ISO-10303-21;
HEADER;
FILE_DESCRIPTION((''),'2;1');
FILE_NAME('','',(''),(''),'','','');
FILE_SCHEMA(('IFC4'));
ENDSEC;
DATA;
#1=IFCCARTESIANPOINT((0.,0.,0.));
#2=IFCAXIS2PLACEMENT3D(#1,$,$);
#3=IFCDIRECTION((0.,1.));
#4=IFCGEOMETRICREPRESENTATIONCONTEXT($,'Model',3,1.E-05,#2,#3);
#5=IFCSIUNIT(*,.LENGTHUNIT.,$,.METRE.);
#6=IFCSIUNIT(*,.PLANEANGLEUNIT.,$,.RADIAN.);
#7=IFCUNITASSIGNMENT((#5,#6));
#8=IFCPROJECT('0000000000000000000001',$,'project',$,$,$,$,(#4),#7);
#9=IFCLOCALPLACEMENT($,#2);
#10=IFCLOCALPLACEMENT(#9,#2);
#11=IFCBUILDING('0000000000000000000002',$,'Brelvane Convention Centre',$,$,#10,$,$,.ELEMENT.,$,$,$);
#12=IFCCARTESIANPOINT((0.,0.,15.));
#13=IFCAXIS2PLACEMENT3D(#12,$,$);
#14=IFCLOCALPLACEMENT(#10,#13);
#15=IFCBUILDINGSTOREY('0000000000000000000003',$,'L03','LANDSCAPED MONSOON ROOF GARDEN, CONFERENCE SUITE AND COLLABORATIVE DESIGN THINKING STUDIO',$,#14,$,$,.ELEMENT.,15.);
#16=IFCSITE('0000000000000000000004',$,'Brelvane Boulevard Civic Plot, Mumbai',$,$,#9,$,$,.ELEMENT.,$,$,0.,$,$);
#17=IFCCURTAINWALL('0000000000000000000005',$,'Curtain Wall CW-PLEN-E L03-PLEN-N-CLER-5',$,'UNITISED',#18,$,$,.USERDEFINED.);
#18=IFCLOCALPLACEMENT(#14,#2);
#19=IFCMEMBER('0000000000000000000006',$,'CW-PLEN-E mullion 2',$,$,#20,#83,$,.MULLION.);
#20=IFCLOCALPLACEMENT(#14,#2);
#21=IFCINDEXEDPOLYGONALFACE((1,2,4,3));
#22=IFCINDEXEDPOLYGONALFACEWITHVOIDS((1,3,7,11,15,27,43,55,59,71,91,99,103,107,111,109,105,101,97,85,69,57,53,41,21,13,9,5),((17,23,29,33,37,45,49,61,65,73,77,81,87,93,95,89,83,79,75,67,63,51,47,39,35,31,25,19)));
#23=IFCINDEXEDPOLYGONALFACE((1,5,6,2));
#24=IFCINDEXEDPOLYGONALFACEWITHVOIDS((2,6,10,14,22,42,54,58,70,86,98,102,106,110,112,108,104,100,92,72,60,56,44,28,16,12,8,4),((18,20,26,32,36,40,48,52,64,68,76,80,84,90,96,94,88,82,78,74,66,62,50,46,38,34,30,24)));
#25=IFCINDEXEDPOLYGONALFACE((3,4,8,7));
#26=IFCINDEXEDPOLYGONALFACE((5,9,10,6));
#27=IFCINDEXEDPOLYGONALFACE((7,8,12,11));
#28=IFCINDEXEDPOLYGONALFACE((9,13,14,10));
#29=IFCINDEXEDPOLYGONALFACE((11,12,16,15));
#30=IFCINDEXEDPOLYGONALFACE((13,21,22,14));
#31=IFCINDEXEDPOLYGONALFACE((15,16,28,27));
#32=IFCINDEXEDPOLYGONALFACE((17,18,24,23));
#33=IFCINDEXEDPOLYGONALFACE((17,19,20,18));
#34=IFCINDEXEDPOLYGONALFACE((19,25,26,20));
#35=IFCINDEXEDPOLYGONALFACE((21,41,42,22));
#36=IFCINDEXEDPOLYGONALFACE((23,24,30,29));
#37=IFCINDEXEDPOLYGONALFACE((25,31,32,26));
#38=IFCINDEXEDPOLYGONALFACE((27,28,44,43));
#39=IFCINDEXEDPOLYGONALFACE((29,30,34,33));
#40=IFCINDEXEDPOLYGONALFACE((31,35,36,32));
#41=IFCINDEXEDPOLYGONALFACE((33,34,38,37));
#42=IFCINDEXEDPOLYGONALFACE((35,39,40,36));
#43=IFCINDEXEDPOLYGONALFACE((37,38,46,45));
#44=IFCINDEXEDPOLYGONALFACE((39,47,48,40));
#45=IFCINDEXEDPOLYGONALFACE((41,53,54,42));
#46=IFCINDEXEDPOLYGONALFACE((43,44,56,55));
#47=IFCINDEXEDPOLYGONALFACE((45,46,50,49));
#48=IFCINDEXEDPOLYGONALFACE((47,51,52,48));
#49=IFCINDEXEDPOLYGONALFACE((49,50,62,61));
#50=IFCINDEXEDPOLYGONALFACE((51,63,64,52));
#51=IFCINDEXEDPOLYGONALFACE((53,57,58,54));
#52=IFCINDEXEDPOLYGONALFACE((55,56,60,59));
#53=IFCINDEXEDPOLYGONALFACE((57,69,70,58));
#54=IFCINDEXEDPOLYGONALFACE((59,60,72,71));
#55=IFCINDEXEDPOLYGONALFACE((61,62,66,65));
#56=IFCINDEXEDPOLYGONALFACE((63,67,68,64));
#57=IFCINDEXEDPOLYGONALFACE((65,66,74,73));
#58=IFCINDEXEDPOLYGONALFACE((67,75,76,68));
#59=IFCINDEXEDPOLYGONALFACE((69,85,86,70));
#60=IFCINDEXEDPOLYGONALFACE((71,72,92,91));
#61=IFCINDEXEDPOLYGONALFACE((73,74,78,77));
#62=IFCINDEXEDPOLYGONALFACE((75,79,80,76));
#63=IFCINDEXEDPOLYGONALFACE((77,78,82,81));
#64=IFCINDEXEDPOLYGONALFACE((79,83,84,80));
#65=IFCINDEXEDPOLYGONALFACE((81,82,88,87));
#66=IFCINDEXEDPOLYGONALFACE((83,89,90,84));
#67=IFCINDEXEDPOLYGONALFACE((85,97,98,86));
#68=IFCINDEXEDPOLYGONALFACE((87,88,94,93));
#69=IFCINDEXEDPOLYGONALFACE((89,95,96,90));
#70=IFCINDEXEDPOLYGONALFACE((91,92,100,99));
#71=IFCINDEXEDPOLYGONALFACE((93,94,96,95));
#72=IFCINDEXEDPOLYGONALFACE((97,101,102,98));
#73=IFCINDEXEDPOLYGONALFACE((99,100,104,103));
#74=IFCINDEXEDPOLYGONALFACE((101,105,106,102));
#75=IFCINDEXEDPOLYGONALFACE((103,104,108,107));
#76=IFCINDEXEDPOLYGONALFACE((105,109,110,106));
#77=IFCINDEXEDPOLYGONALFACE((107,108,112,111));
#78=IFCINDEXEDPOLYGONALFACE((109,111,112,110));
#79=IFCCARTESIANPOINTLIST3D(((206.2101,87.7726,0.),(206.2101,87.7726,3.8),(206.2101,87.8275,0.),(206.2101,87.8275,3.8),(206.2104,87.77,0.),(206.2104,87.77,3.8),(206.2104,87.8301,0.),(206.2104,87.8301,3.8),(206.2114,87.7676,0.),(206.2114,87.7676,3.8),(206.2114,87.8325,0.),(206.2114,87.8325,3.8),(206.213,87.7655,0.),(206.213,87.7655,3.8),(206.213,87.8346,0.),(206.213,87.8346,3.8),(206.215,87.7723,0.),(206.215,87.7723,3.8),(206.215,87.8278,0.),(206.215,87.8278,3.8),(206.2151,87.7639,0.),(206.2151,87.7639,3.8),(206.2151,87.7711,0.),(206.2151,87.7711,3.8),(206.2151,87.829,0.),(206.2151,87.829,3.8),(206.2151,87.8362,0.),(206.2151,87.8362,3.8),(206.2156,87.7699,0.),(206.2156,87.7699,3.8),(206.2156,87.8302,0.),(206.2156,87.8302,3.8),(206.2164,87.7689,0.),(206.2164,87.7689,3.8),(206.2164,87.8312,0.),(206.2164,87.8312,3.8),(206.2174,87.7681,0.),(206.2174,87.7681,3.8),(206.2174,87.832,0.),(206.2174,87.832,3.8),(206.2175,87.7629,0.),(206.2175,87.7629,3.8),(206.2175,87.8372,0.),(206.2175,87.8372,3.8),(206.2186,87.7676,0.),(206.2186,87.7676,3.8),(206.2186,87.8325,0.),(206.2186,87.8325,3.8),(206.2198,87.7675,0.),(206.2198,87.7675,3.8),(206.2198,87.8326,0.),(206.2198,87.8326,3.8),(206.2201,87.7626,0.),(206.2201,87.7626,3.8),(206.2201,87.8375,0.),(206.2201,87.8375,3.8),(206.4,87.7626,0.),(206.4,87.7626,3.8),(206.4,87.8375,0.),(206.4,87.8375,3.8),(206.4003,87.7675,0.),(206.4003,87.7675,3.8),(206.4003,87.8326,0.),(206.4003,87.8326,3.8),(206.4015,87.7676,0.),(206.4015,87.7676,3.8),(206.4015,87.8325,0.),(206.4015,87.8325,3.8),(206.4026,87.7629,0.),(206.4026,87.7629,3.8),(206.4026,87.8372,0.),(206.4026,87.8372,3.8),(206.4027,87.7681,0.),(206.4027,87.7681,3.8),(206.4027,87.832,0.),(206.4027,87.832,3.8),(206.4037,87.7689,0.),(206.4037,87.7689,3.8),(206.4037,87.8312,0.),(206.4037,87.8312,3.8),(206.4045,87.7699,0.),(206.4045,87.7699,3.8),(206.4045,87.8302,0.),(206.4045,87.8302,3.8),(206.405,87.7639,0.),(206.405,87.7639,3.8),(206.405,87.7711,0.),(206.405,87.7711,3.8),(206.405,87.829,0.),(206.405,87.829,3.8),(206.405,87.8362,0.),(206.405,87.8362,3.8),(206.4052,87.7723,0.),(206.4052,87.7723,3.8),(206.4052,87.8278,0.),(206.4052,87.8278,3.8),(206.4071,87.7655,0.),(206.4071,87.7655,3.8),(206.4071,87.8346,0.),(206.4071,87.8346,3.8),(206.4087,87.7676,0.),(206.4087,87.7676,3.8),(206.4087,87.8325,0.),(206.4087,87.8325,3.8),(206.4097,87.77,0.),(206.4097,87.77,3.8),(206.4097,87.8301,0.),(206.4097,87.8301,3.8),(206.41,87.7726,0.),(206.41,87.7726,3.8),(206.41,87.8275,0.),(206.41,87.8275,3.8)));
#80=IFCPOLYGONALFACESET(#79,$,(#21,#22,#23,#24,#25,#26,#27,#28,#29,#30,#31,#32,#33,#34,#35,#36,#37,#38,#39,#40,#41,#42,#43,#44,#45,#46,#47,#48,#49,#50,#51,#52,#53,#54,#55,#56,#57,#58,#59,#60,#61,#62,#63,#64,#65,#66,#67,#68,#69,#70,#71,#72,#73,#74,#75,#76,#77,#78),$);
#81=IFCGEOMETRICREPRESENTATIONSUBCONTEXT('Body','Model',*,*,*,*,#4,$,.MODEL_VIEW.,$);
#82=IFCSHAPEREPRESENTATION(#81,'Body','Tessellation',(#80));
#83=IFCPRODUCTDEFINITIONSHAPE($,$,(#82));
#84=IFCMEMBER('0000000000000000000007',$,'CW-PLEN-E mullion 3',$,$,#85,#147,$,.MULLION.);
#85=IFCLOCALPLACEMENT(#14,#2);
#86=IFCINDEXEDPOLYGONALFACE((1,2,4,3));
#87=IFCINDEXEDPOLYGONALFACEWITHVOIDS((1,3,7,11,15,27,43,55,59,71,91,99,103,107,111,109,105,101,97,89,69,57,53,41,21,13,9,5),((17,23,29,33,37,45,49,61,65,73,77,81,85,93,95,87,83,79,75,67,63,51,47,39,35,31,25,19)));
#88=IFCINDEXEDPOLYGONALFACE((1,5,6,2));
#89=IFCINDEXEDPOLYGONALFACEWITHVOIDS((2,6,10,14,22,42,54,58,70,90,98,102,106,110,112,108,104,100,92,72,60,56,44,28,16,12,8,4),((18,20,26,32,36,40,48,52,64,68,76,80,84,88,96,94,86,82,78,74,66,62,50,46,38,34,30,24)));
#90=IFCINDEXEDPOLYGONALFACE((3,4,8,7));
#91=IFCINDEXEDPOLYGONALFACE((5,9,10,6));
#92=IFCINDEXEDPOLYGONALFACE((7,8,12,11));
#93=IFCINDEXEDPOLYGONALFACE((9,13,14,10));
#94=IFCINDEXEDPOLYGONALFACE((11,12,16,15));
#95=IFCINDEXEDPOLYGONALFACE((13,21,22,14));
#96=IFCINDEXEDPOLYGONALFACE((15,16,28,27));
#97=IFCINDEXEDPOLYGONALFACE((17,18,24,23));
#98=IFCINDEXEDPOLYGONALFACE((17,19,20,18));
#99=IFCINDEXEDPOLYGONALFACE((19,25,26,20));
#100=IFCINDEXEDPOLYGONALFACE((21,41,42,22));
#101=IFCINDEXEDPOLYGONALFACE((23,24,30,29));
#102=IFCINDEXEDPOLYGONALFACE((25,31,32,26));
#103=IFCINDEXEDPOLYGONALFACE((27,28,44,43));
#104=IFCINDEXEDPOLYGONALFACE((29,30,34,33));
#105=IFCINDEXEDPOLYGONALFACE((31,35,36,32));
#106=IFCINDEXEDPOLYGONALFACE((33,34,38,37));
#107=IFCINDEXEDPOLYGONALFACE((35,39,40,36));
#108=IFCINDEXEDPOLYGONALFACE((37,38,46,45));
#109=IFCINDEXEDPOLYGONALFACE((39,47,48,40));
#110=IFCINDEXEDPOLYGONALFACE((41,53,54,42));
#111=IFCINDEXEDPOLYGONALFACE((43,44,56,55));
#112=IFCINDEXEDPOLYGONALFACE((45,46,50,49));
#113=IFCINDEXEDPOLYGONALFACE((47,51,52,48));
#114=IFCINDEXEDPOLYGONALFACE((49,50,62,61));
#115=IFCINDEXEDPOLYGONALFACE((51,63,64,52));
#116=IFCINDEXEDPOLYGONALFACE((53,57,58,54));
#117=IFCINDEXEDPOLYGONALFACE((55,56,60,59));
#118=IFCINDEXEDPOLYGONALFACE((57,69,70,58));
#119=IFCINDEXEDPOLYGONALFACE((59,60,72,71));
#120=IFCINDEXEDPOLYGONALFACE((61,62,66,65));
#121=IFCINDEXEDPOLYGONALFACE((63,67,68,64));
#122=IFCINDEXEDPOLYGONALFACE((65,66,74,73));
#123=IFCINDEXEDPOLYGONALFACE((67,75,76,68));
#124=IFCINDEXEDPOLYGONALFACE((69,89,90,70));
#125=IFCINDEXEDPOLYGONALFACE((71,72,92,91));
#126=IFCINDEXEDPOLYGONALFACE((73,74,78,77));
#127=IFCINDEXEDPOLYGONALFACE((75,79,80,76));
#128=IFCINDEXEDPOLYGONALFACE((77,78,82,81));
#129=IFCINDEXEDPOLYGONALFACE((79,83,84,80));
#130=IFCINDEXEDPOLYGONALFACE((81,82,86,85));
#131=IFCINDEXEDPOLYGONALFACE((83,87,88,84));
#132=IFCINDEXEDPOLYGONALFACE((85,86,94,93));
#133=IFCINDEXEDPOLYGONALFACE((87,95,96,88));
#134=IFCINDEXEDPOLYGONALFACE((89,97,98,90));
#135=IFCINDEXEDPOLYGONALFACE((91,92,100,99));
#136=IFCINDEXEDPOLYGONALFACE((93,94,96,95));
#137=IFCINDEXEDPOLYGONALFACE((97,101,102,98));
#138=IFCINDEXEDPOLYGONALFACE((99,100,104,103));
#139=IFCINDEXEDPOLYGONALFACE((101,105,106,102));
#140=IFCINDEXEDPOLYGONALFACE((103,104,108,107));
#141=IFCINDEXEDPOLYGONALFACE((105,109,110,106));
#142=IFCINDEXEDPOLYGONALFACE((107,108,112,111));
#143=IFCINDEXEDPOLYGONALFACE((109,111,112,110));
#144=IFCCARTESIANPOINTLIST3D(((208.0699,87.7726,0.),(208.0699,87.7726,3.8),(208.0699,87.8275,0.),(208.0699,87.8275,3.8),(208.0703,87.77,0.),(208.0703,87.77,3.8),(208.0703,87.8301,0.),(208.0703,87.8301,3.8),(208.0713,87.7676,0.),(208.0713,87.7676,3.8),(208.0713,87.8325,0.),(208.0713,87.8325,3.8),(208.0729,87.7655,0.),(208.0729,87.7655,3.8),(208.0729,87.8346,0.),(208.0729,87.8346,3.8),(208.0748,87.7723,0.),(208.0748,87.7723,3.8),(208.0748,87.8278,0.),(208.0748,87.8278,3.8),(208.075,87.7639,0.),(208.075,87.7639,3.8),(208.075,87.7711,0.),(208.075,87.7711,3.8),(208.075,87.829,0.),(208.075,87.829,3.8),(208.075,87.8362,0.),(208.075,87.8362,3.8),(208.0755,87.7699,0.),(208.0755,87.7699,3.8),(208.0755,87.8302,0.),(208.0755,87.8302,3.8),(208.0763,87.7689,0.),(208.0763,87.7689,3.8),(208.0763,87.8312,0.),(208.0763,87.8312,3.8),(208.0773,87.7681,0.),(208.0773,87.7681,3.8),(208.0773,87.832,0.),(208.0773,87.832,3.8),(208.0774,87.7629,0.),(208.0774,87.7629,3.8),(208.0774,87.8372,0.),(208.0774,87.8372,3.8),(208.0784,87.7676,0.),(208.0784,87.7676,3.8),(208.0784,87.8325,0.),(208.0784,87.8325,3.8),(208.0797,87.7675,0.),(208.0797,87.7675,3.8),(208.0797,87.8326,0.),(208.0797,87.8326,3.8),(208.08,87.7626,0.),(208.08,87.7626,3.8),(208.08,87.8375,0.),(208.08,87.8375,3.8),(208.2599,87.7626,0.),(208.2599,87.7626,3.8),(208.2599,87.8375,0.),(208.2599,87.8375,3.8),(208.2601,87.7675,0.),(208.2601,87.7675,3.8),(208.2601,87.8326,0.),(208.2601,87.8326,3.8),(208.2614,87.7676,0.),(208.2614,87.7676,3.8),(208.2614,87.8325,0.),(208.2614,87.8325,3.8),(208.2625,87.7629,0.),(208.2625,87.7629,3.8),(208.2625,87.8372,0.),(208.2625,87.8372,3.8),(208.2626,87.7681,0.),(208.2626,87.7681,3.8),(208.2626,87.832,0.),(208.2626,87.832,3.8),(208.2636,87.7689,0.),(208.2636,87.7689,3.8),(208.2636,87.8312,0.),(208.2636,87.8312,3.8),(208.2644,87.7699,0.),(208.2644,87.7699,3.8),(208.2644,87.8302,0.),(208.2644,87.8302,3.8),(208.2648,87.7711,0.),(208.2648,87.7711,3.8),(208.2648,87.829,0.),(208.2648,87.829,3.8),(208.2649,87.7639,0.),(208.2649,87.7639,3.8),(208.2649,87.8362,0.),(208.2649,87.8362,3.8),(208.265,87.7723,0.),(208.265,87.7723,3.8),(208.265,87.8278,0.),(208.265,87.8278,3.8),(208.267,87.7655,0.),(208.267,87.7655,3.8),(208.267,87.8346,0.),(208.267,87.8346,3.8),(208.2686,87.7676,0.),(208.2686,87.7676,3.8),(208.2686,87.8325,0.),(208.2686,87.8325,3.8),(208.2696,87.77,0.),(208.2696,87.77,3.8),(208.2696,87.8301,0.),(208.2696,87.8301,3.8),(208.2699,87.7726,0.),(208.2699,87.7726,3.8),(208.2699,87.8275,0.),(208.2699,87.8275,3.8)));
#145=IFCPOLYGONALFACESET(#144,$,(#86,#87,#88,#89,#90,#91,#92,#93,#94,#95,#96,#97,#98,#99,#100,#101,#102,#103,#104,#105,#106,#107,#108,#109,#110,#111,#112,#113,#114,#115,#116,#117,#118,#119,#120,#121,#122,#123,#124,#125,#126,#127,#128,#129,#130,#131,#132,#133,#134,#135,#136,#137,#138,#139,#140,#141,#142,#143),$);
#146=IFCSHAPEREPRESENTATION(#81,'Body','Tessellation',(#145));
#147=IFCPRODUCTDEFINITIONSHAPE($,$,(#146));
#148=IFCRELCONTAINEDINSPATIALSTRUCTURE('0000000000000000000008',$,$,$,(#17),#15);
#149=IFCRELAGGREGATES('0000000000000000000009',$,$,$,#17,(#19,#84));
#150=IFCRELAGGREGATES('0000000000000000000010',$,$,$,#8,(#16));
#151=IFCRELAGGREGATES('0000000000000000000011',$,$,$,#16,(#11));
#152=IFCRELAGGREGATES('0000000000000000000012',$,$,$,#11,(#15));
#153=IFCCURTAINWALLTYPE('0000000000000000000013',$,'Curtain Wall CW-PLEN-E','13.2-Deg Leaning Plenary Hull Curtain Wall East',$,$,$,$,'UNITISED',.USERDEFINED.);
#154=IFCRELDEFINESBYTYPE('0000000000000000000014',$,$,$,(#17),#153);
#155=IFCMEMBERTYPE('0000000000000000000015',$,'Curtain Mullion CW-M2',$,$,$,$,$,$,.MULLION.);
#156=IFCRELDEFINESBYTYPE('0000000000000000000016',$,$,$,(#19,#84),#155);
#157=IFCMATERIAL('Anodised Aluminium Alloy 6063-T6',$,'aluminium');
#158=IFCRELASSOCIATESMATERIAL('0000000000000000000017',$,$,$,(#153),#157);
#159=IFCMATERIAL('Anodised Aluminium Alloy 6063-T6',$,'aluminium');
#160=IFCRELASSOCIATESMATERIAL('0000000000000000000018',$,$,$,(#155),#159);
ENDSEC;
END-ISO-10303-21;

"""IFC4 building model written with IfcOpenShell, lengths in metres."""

from ifc_helpers import new_model, si_unit, direction, frame, origin, origin_2d, place, context, subcontext, project, spatial, hollow_rectangle, extrude, material, material_profile, profile_set, type_object, element, aggregate, save


model = new_model("IFC4")

# Units and contexts
model_context = context("Model", 3, precision=1e-05, world=origin(), true_north=direction((0.0, 1.0)))
body_context = subcontext(model_context, "Body", "Model", "MODEL_VIEW")
ifc_project = project(units=[si_unit("LENGTHUNIT", "METRE"), si_unit("PLANEANGLEUNIT", "RADIAN")], contexts=[model_context])

# Site, building, storey
site_placement = place(None, origin())
site = spatial("IfcSite", under=ifc_project, at=site_placement, Name="Brelvane Boulevard Civic Plot, Mumbai", CompositionType="ELEMENT", RefElevation=0.0)
building_placement = place(site_placement, origin())
building = spatial("IfcBuilding", under=site, at=building_placement, Name="Brelvane Convention Centre", CompositionType="ELEMENT")
storey_placement = place(building_placement, frame((0.0, 0.0, 15.0)))
storey = spatial("IfcBuildingStorey", under=building, at=storey_placement, Name="L03", Description="LANDSCAPED MONSOON ROOF GARDEN, CONFERENCE SUITE AND COLLABORATIVE DESIGN THINKING STUDIO", CompositionType="ELEMENT", Elevation=15.0)

# Curtain wall, members
ifc_material_1 = material(Name="Anodised Aluminium Alloy 6063-T6", Category="aluminium")
curtain_wall_type = type_object("IfcCurtainWallType", Name="Curtain Wall CW-PLEN-E", Description="13.2-Deg Leaning Plenary Hull Curtain Wall East", ElementType="UNITISED", PredefinedType="USERDEFINED", material=ifc_material_1)
curtain_wall_placement = place(storey_placement, origin())
curtain_wall = element("IfcCurtainWall", 1, at=curtain_wall_placement, inside=storey, type_object=curtain_wall_type, Name="Curtain Wall CW-PLEN-E L03-PLEN-N-CLER-5", ObjectType="UNITISED", PredefinedType="USERDEFINED")
ifc_material_2 = material(Name="Anodised Aluminium Alloy 6063-T6", Category="aluminium")
ifc_material_profile_1 = material_profile(ifc_material_2, hollow_rectangle(XDim=0.075, YDim=0.2, WallThickness=0.0049, InnerFilletRadius=0.0049, OuterFilletRadius=0.01, at=origin_2d()), Name="ALU-M 200x75x5.0")
ifc_profile_set_1 = profile_set([ifc_material_profile_1], Name="Anodised Aluminium Alloy 6063-T6")
member_type_1 = type_object("IfcMemberType", Name="Curtain Mullion CW-M2", PredefinedType="MULLION", material=ifc_profile_set_1)
member_1_placement = place(storey_placement, frame((206.3101, 87.8, 0.0), z_axis=(0.0, 0.0, 1.0), x_axis=(0.0, 1.0, 0.0)))
member_1 = element("IfcMember", 2, at=member_1_placement, type_object=member_type_1, Name="CW-PLEN-E mullion 2", PredefinedType="MULLION", context=body_context, shape_type="SweptSolid", body=[
    extrude(hollow_rectangle(XDim=0.075, YDim=0.2, WallThickness=0.0049, InnerFilletRadius=0.0049, OuterFilletRadius=0.01, at=origin_2d()), origin(), (0.0, 0.0, 1.0), 3.8),
])
member_2_placement = place(storey_placement, frame((208.1699, 87.8, 0.0), z_axis=(0.0, 0.0, 1.0), x_axis=(0.0, 1.0, 0.0)))
member_2 = element("IfcMember", 3, at=member_2_placement, type_object=member_type_1, Name="CW-PLEN-E mullion 3", PredefinedType="MULLION", context=body_context, shape_type="SweptSolid", body=[
    extrude(hollow_rectangle(XDim=0.075, YDim=0.2, WallThickness=0.0049, InnerFilletRadius=0.0049, OuterFilletRadius=0.01, at=origin_2d()), origin(), (0.0, 0.0, 1.0), 3.8),
])

aggregate(curtain_wall, [member_1, member_2])

save(model, "model.ifc")
